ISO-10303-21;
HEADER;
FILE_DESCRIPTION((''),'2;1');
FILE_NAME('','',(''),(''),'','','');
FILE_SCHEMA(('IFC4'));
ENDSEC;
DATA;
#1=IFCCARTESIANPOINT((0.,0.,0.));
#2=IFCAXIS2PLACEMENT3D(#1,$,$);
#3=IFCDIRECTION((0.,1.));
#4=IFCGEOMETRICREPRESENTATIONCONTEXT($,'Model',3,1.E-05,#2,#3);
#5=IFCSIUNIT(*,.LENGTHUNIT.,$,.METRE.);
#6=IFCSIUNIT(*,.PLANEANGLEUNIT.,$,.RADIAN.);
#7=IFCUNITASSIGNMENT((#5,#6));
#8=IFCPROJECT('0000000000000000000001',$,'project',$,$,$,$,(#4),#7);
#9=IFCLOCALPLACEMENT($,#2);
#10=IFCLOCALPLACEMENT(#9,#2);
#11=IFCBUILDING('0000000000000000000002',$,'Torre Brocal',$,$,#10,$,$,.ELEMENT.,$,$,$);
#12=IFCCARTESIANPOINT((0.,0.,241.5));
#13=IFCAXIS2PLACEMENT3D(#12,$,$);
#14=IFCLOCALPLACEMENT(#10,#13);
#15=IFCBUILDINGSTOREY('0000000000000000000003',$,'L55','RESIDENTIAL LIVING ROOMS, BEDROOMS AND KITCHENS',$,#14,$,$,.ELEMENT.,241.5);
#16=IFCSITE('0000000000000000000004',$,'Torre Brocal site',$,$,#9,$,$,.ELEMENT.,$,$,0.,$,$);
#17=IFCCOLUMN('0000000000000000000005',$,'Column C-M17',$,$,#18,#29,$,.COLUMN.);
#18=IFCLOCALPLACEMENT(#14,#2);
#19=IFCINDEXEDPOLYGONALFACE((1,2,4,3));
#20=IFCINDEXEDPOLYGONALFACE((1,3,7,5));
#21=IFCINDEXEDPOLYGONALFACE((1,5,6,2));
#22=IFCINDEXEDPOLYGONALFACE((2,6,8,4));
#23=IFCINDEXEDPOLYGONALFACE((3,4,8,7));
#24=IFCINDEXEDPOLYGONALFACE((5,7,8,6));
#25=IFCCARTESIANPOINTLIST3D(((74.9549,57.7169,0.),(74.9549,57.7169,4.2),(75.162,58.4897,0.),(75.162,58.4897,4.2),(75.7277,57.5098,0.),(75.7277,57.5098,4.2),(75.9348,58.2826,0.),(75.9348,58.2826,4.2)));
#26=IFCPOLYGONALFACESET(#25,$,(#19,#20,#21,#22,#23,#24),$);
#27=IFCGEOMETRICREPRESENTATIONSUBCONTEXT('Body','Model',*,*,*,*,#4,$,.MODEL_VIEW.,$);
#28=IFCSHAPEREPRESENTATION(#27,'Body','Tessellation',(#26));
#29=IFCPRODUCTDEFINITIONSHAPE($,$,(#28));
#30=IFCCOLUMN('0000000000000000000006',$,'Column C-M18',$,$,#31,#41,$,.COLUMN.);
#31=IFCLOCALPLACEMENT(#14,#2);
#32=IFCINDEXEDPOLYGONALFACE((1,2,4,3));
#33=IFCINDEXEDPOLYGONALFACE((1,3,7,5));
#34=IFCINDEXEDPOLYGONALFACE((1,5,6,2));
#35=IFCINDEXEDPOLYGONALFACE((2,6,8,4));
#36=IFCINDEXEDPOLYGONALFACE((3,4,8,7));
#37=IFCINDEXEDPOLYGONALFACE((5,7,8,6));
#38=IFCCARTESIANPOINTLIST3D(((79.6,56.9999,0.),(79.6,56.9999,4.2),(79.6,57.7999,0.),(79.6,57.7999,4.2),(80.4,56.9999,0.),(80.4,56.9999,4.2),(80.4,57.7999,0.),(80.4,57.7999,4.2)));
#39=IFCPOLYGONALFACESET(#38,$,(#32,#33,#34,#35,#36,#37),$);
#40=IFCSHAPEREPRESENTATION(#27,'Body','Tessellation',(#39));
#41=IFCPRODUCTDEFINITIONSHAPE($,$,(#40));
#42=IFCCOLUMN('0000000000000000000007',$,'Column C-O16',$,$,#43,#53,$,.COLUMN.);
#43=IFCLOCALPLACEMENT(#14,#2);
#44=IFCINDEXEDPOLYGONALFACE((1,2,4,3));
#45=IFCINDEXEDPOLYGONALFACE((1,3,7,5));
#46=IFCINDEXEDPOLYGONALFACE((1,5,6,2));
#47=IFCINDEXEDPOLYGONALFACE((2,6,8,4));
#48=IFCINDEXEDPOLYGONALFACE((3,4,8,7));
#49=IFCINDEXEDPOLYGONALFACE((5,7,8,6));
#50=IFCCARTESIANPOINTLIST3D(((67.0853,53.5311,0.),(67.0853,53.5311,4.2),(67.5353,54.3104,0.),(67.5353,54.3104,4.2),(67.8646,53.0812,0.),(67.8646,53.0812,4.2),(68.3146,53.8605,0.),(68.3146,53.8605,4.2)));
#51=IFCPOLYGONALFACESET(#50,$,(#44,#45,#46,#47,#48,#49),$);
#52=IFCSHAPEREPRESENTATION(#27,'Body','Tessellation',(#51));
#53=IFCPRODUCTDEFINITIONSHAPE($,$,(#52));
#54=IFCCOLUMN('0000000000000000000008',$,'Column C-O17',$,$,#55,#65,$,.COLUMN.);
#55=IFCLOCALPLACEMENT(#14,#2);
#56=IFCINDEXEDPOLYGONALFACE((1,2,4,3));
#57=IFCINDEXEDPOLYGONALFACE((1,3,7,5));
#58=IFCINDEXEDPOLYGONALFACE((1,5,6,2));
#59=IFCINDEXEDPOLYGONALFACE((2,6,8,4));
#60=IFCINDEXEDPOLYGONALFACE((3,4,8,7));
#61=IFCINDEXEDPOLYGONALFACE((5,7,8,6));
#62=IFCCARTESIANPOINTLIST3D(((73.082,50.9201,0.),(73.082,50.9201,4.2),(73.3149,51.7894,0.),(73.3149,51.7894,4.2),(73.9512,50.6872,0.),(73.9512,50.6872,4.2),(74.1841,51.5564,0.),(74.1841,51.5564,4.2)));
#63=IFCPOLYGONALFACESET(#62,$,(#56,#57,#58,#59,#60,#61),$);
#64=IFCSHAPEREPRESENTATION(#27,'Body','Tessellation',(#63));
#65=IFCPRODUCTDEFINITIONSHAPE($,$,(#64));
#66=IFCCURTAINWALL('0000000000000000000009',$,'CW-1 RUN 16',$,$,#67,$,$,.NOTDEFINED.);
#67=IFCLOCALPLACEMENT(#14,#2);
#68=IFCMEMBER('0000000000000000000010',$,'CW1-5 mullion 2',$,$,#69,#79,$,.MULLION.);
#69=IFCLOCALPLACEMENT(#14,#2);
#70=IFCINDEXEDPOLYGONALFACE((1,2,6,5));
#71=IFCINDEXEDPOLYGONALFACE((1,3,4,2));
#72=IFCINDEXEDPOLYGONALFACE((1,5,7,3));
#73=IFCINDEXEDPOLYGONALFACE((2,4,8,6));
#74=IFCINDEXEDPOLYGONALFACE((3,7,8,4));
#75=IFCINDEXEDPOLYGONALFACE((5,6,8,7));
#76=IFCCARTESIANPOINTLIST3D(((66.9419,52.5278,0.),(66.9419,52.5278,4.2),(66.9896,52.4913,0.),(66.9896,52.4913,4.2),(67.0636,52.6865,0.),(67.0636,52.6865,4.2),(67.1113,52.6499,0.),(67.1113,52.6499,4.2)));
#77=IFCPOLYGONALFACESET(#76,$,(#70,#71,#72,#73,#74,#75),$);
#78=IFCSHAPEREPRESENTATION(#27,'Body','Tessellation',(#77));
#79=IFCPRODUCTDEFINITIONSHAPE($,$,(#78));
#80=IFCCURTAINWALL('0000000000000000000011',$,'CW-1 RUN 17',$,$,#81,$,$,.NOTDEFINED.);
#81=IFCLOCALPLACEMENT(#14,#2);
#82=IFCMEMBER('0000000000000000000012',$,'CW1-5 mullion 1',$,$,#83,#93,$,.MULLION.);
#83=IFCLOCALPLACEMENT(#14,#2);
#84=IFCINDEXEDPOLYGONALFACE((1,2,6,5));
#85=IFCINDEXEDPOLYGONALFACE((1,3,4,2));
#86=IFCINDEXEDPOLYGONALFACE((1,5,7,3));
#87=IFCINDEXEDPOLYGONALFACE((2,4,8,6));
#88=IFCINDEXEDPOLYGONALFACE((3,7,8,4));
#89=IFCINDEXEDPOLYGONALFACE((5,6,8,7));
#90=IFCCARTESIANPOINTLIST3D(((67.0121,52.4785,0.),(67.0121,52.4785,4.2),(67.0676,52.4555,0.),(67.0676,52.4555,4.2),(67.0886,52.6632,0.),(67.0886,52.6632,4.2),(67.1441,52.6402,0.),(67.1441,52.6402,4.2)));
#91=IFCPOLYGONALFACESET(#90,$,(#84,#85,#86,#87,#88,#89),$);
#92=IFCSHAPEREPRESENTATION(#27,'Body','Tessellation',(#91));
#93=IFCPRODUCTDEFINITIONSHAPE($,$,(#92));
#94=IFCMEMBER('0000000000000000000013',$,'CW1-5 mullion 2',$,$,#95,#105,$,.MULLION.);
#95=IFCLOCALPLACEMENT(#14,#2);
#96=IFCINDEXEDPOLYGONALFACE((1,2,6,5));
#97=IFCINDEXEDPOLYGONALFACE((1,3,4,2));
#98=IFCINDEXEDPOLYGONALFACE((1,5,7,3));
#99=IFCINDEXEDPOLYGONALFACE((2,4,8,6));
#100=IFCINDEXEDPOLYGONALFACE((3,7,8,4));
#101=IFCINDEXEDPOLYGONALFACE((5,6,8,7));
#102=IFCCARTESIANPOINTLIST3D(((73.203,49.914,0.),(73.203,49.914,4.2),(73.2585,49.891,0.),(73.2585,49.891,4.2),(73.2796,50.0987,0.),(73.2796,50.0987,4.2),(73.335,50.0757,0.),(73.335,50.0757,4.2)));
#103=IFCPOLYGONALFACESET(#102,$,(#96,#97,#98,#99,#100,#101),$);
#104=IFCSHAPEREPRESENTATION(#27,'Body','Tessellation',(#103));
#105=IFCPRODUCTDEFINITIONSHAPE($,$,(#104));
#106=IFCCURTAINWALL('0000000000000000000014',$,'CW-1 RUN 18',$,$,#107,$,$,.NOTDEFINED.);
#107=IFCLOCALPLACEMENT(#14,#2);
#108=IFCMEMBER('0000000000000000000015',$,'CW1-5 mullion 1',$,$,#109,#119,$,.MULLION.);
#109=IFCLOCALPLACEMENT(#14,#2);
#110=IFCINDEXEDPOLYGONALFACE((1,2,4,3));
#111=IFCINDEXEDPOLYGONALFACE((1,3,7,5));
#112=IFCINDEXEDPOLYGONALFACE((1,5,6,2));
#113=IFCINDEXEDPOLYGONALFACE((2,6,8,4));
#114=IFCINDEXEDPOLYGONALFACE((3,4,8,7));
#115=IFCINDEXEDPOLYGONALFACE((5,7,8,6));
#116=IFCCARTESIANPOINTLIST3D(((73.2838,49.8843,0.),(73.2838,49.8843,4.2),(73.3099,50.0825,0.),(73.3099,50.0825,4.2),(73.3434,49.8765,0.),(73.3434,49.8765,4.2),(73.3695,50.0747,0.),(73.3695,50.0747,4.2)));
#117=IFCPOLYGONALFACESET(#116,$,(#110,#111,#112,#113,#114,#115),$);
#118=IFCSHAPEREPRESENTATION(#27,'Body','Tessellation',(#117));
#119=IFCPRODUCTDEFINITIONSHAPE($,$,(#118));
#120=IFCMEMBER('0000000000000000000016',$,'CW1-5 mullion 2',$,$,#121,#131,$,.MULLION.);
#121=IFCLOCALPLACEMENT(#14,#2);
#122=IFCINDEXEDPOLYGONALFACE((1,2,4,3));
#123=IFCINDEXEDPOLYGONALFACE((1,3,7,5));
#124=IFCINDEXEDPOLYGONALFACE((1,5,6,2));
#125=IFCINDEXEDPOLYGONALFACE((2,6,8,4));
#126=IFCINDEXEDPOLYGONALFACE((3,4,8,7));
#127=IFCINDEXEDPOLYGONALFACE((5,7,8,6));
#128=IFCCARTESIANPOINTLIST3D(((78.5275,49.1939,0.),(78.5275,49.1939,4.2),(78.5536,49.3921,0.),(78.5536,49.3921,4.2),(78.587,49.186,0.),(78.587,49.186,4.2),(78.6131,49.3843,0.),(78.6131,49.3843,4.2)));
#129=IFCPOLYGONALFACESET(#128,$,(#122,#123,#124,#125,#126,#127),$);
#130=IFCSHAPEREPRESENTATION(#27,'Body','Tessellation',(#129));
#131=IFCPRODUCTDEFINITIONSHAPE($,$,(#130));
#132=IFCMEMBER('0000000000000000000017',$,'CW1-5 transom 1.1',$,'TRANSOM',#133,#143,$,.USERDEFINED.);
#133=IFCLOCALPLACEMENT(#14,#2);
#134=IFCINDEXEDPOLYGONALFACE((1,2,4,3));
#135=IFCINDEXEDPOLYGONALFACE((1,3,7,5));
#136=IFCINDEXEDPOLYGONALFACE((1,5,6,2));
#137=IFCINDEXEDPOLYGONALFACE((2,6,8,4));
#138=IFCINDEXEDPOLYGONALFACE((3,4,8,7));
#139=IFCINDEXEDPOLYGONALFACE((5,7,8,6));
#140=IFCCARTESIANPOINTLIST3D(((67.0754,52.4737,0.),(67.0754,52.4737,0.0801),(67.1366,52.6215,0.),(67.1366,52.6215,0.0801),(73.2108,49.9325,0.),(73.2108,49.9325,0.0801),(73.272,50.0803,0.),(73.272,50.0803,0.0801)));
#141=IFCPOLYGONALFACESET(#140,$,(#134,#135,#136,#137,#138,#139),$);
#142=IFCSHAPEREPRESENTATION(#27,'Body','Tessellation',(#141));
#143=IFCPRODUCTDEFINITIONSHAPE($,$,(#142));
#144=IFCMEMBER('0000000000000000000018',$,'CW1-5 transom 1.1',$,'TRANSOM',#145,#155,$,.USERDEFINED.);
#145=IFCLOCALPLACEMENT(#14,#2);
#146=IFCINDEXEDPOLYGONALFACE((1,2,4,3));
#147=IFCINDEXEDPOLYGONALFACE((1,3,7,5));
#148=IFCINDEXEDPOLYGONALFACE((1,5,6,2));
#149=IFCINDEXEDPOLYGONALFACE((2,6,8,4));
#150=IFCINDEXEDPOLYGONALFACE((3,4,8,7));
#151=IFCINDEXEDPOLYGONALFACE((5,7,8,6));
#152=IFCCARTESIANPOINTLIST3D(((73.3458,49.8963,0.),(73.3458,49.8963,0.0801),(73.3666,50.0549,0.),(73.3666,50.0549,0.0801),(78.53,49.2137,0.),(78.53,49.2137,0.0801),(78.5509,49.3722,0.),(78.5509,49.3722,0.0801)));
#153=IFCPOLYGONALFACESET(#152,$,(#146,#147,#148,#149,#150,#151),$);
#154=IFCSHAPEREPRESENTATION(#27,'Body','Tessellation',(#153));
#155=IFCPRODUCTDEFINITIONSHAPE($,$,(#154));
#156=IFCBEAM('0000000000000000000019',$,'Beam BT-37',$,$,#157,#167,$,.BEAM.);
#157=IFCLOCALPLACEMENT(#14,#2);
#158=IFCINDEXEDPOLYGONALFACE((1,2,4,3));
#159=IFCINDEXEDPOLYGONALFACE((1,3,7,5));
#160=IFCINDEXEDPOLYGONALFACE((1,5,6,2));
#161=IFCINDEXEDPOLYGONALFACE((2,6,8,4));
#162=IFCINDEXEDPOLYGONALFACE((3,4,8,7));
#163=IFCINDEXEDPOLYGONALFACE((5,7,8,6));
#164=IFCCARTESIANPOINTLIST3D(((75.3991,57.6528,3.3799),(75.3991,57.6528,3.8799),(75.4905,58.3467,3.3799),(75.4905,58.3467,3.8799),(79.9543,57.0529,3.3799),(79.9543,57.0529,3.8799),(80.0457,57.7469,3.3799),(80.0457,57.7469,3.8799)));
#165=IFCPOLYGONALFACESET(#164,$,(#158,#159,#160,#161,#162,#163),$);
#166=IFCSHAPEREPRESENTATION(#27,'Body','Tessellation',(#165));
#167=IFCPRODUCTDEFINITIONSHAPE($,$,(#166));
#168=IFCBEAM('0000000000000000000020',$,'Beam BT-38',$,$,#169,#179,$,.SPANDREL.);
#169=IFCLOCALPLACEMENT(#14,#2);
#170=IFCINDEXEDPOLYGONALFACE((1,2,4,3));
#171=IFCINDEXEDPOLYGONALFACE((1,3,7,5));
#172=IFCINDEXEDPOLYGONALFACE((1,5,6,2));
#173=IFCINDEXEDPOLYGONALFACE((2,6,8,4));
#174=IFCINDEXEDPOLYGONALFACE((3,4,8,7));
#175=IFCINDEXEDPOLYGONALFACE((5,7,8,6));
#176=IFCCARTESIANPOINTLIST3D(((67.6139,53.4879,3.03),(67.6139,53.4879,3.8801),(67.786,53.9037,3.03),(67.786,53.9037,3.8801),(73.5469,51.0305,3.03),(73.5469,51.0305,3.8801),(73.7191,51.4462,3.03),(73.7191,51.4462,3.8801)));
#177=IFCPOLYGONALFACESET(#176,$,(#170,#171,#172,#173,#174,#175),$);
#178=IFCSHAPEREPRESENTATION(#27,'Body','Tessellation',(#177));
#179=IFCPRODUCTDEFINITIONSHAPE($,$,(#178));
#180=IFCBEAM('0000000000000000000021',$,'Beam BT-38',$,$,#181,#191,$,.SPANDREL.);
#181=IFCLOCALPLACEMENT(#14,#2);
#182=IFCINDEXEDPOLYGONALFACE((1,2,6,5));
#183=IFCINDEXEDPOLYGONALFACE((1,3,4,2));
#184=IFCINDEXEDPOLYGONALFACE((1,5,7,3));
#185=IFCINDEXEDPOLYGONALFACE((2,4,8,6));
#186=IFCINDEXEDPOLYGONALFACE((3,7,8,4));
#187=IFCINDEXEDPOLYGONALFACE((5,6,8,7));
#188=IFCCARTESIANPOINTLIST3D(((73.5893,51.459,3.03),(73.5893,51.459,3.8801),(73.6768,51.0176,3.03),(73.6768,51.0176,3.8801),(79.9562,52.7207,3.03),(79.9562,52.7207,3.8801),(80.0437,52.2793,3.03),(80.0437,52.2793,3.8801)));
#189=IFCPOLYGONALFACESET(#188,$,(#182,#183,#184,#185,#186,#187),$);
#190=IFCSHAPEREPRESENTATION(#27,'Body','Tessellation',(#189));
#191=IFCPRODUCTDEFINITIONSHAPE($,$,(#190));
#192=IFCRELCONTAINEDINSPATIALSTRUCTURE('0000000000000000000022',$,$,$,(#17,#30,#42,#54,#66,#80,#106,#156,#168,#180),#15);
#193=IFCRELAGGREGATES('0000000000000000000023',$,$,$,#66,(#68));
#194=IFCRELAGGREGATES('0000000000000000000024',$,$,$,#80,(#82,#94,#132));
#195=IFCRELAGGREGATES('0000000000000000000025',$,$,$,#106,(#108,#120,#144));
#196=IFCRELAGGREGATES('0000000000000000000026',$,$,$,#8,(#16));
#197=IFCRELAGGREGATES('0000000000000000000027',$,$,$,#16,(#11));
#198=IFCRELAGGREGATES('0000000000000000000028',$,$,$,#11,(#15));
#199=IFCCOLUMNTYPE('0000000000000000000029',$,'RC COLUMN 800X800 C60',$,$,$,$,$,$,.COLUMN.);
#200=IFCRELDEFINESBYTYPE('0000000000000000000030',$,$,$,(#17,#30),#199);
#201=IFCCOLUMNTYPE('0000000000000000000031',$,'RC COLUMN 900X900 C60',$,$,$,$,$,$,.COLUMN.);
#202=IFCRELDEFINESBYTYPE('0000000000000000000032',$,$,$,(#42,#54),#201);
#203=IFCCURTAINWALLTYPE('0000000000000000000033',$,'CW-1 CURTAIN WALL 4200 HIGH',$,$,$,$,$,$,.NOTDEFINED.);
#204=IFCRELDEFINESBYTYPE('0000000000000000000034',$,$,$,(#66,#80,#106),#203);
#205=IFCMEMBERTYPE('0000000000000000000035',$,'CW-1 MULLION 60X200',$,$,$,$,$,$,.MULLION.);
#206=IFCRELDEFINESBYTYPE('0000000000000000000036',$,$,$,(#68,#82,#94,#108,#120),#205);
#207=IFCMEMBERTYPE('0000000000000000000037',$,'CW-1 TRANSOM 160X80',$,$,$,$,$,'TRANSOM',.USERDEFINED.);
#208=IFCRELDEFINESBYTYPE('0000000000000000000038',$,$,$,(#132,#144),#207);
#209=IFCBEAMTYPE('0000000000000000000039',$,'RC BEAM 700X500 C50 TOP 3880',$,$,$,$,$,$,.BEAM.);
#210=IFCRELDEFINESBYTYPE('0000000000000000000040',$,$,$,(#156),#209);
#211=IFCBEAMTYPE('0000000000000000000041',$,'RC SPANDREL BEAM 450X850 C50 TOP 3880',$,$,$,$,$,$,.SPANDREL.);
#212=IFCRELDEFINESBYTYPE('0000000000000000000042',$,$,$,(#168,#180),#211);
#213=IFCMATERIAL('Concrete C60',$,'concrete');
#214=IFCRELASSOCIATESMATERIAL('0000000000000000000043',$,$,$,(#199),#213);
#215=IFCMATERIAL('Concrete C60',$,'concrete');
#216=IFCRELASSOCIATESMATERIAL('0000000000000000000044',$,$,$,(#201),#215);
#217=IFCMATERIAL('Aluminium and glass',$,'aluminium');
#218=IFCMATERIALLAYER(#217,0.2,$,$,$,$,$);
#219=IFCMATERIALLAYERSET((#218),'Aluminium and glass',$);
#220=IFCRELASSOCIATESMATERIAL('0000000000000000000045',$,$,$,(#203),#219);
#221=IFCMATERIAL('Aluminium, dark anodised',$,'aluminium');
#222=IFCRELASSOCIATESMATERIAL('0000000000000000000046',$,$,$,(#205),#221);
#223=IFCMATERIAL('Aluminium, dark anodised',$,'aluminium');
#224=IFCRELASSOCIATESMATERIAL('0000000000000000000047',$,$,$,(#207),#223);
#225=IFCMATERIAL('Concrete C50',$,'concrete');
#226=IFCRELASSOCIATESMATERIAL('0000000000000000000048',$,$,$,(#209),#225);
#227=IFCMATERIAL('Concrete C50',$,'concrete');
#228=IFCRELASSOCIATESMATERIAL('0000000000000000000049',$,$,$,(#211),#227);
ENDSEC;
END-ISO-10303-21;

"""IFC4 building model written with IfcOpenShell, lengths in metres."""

from ifc_helpers import new_model, si_unit, direction, frame, origin, origin_2d, place, context, subcontext, project, spatial, rectangle, extrude, material, layer, layer_set, material_profile, profile_set, type_object, element, aggregate, save


model = new_model("IFC4")

# Units and contexts
model_context = context("Model", 3, precision=1e-05, world=origin(), true_north=direction((0.0, 1.0)))
body_context = subcontext(model_context, "Body", "Model", "MODEL_VIEW")
ifc_project = project(units=[si_unit("LENGTHUNIT", "METRE"), si_unit("PLANEANGLEUNIT", "RADIAN")], contexts=[model_context])

# Site, building, storey
site_placement = place(None, origin())
site = spatial("IfcSite", under=ifc_project, at=site_placement, Name="Torre Brocal site", CompositionType="ELEMENT", RefElevation=0.0)
building_placement = place(site_placement, origin())
building = spatial("IfcBuilding", under=site, at=building_placement, Name="Torre Brocal", CompositionType="ELEMENT")
storey_placement = place(building_placement, frame((0.0, 0.0, 241.5)))
storey = spatial("IfcBuildingStorey", under=building, at=storey_placement, Name="L55", Description="RESIDENTIAL LIVING ROOMS, BEDROOMS AND KITCHENS", CompositionType="ELEMENT", Elevation=241.5)

# Columns
ifc_material_1 = material(Name="Concrete C60", Category="concrete")
ifc_material_profile_1 = material_profile(ifc_material_1, rectangle(XDim=0.8, YDim=0.8, at=origin_2d()), Name="RC 800X800")
ifc_profile_set_1 = profile_set([ifc_material_profile_1], Name="Concrete C60")
column_type_1 = type_object("IfcColumnType", Name="RC COLUMN 800X800 C60", PredefinedType="COLUMN", material=ifc_profile_set_1)
for number, where, z_axis, x_axis, name in (
    (1, (75.4448, 57.9998, 0.0), (0.0, 0.0, 1.0), (-0.258819, -0.965926, 0.0), "Column C-M17"),
    (2, (80.0, 57.3999, 0.0), (0.0, 0.0, 1.0), (0.0, -1.0, 0.0), "Column C-M18"),
):
    element("IfcColumn", number, at=place(storey_placement, frame(where, z_axis=z_axis, x_axis=x_axis)), inside=storey, type_object=column_type_1, Name=name, PredefinedType="COLUMN", context=body_context, shape_type="SweptSolid", body=[
        extrude(rectangle(XDim=0.8, YDim=0.8, at=origin_2d()), origin(), (0.0, 0.0, 1.0), 4.2),
    ])
ifc_material_2 = material(Name="Concrete C60", Category="concrete")
ifc_material_profile_2 = material_profile(ifc_material_2, rectangle(XDim=0.8999, YDim=0.8999, at=origin_2d()), Name="RC 900X900")
ifc_profile_set_2 = profile_set([ifc_material_profile_2], Name="Concrete C60")
column_type_2 = type_object("IfcColumnType", Name="RC COLUMN 900X900 C60", PredefinedType="COLUMN", material=ifc_profile_set_2)
for number, where, z_axis, x_axis, name in (
    (3, (67.7, 53.6958, 0.0), (0.0, 0.0, 1.0), (-0.5, -0.866025, 0.0), "Column C-O16"),
    (4, (73.6331, 51.2383, 0.0), (0.0, 0.0, 1.0), (-0.258819, -0.965926, 0.0), "Column C-O17"),
):
    element("IfcColumn", number, at=place(storey_placement, frame(where, z_axis=z_axis, x_axis=x_axis)), inside=storey, type_object=column_type_2, Name=name, PredefinedType="COLUMN", context=body_context, shape_type="SweptSolid", body=[
        extrude(rectangle(XDim=0.8999, YDim=0.8999, at=origin_2d()), origin(), (0.0, 0.0, 1.0), 4.2),
    ])

# Curtain wall, member
ifc_material_3 = material(Name="Aluminium and glass", Category="aluminium")
ifc_layer_1 = layer(ifc_material_3, 0.2)
ifc_layer_set_1 = layer_set([ifc_layer_1], Name="Aluminium and glass")
curtain_wall_type = type_object("IfcCurtainWallType", Name="CW-1 CURTAIN WALL 4200 HIGH", PredefinedType="NOTDEFINED", material=ifc_layer_set_1)
curtain_wall_1_placement = place(storey_placement, origin())
curtain_wall_1 = element("IfcCurtainWall", 5, at=curtain_wall_1_placement, inside=storey, type_object=curtain_wall_type, Name="CW-1 RUN 16", PredefinedType="NOTDEFINED")
ifc_material_4 = material(Name="Aluminium, dark anodised", Category="aluminium")
ifc_material_profile_3 = material_profile(ifc_material_4, rectangle(XDim=0.2, YDim=0.0601, at=origin_2d()), Name="CW-1 MULLION 60X200")
ifc_profile_set_3 = profile_set([ifc_material_profile_3], Name="Aluminium, dark anodised")
member_type_1 = type_object("IfcMemberType", Name="CW-1 MULLION 60X200", PredefinedType="MULLION", material=ifc_profile_set_3)
member_1_placement = place(storey_placement, frame((67.0266, 52.5889, 0.0), z_axis=(0.0, 0.0, 1.0), x_axis=(0.608761, 0.793353, 0.0)))
member_1 = element("IfcMember", 6, at=member_1_placement, type_object=member_type_1, Name="CW1-5 mullion 2", PredefinedType="MULLION", context=body_context, shape_type="SweptSolid", body=[
    extrude(rectangle(XDim=0.2, YDim=0.0601, at=origin_2d()), origin(), (0.0, 0.0, 1.0), 4.2),
])
aggregate(curtain_wall_1, [member_1])

# Curtain walls, members
curtain_wall_2_placement = place(storey_placement, origin())
curtain_wall_2 = element("IfcCurtainWall", 7, at=curtain_wall_2_placement, inside=storey, type_object=curtain_wall_type, Name="CW-1 RUN 17", PredefinedType="NOTDEFINED")
member_2_placement = place(storey_placement, frame((67.0781, 52.5593, 0.0), z_axis=(0.0, 0.0, 1.0), x_axis=(0.382683, 0.92388, 0.0)))
member_2 = element("IfcMember", 8, at=member_2_placement, type_object=member_type_1, Name="CW1-5 mullion 1", PredefinedType="MULLION", context=body_context, shape_type="SweptSolid", body=[
    extrude(rectangle(XDim=0.2, YDim=0.0601, at=origin_2d()), origin(), (0.0, 0.0, 1.0), 4.2),
])
member_3_placement = place(storey_placement, frame((73.269, 49.9949, 0.0), z_axis=(0.0, 0.0, 1.0), x_axis=(0.382683, 0.92388, 0.0)))
member_3 = element("IfcMember", 9, at=member_3_placement, type_object=member_type_1, Name="CW1-5 mullion 2", PredefinedType="MULLION", context=body_context, shape_type="SweptSolid", body=[
    extrude(rectangle(XDim=0.2, YDim=0.0601, at=origin_2d()), origin(), (0.0, 0.0, 1.0), 4.2),
])
curtain_wall_3_placement = place(storey_placement, origin())
curtain_wall_3 = element("IfcCurtainWall", 10, at=curtain_wall_3_placement, inside=storey, type_object=curtain_wall_type, Name="CW-1 RUN 18", PredefinedType="NOTDEFINED")
member_4_placement = place(storey_placement, frame((73.3267, 49.9795, 0.0), z_axis=(0.0, 0.0, 1.0), x_axis=(0.130526, 0.991445, 0.0)))
member_4 = element("IfcMember", 11, at=member_4_placement, type_object=member_type_1, Name="CW1-5 mullion 1", PredefinedType="MULLION", context=body_context, shape_type="SweptSolid", body=[
    extrude(rectangle(XDim=0.2, YDim=0.0601, at=origin_2d()), origin(), (0.0, 0.0, 1.0), 4.2),
])
member_5_placement = place(storey_placement, frame((78.5703, 49.2891, 0.0), z_axis=(0.0, 0.0, 1.0), x_axis=(0.130526, 0.991445, 0.0)))
member_5 = element("IfcMember", 12, at=member_5_placement, type_object=member_type_1, Name="CW1-5 mullion 2", PredefinedType="MULLION", context=body_context, shape_type="SweptSolid", body=[
    extrude(rectangle(XDim=0.2, YDim=0.0601, at=origin_2d()), origin(), (0.0, 0.0, 1.0), 4.2),
])

# Members
ifc_material_5 = material(Name="Aluminium, dark anodised", Category="aluminium")
ifc_material_profile_4 = material_profile(ifc_material_5, rectangle(XDim=0.1599, YDim=0.0801, at=origin_2d()), Name="CW-1 TRANSOM 160X80")
ifc_profile_set_4 = profile_set([ifc_material_profile_4], Name="Aluminium, dark anodised")
member_type_2 = type_object("IfcMemberType", Name="CW-1 TRANSOM 160X80", ElementType="TRANSOM", PredefinedType="USERDEFINED", material=ifc_profile_set_4)
member_6_placement = place(storey_placement, frame((67.106, 52.5476, 0.04), z_axis=(0.923887, -0.382665, 0.0), x_axis=(0.382665, 0.923887, 0.0)))
member_6 = element("IfcMember", 13, at=member_6_placement, type_object=member_type_2, Name="CW1-5 transom 1.1", ObjectType="TRANSOM", PredefinedType="USERDEFINED", context=body_context, shape_type="SweptSolid", body=[
    extrude(rectangle(XDim=0.1599, YDim=0.0801, at=origin_2d()), origin(), (0.0, 0.0, 1.0), 6.6409),
])
member_7_placement = place(storey_placement, frame((73.3562, 49.9756, 0.04), z_axis=(0.991443, -0.130543, 0.0), x_axis=(0.130543, 0.991443, 0.0)))
member_7 = element("IfcMember", 14, at=member_7_placement, type_object=member_type_2, Name="CW1-5 transom 1.1", ObjectType="TRANSOM", PredefinedType="USERDEFINED", context=body_context, shape_type="SweptSolid", body=[
    extrude(rectangle(XDim=0.1599, YDim=0.0801, at=origin_2d()), origin(), (0.0, 0.0, 1.0), 5.229),
])

# Beams
ifc_material_6 = material(Name="Concrete C50", Category="concrete")
ifc_material_profile_5 = material_profile(ifc_material_6, rectangle(XDim=0.7, YDim=0.5, at=origin_2d()), Name="RC 700X500")
ifc_profile_set_5 = profile_set([ifc_material_profile_5], Name="Concrete C50")
beam_type_1 = type_object("IfcBeamType", Name="RC BEAM 700X500 C50 TOP 3880", PredefinedType="BEAM", material=ifc_profile_set_5)
beam_1_placement = place(storey_placement, frame((75.4448, 57.9998, 3.6299), z_axis=(0.991441, -0.130559, 0.0), x_axis=(0.130559, 0.991441, 0.0)))
element("IfcBeam", 15, at=beam_1_placement, inside=storey, type_object=beam_type_1, Name="Beam BT-37", PredefinedType="BEAM", context=body_context, shape_type="SweptSolid", body=[
    extrude(rectangle(XDim=0.7, YDim=0.5, at=origin_2d()), origin(), (0.0, 0.0, 1.0), 4.5945),
])
ifc_material_7 = material(Name="Concrete C50", Category="concrete")
ifc_material_profile_6 = material_profile(ifc_material_7, rectangle(XDim=0.45, YDim=0.8501, at=origin_2d()), Name="RC 450X850")
ifc_profile_set_6 = profile_set([ifc_material_profile_6], Name="Concrete C50")
beam_type_2 = type_object("IfcBeamType", Name="RC SPANDREL BEAM 450X850 C50 TOP 3880", PredefinedType="SPANDREL", material=ifc_profile_set_6)
beam_2_placement = place(storey_placement, frame((67.7, 53.6958, 3.4551), z_axis=(0.923882, -0.382676, 0.0), x_axis=(0.382676, 0.923882, 0.0)))
element("IfcBeam", 16, at=beam_2_placement, inside=storey, type_object=beam_type_2, Name="Beam BT-38", PredefinedType="SPANDREL", context=body_context, shape_type="SweptSolid", body=[
    extrude(rectangle(XDim=0.45, YDim=0.8501, at=origin_2d()), origin(), (0.0, 0.0, 1.0), 6.4219),
])
beam_3_placement = place(storey_placement, frame((73.6331, 51.2383, 3.4551), z_axis=(0.980925, 0.194387, 0.0), x_axis=(-0.194387, 0.980925, 0.0)))
element("IfcBeam", 17, at=beam_3_placement, inside=storey, type_object=beam_type_2, Name="Beam BT-38", PredefinedType="SPANDREL", context=body_context, shape_type="SweptSolid", body=[
    extrude(rectangle(XDim=0.45, YDim=0.8501, at=origin_2d()), origin(), (0.0, 0.0, 1.0), 6.4907),
])

aggregate(curtain_wall_2, [member_2, member_3, member_6])
aggregate(curtain_wall_3, [member_4, member_5, member_7])

save(model, "model.ifc")
